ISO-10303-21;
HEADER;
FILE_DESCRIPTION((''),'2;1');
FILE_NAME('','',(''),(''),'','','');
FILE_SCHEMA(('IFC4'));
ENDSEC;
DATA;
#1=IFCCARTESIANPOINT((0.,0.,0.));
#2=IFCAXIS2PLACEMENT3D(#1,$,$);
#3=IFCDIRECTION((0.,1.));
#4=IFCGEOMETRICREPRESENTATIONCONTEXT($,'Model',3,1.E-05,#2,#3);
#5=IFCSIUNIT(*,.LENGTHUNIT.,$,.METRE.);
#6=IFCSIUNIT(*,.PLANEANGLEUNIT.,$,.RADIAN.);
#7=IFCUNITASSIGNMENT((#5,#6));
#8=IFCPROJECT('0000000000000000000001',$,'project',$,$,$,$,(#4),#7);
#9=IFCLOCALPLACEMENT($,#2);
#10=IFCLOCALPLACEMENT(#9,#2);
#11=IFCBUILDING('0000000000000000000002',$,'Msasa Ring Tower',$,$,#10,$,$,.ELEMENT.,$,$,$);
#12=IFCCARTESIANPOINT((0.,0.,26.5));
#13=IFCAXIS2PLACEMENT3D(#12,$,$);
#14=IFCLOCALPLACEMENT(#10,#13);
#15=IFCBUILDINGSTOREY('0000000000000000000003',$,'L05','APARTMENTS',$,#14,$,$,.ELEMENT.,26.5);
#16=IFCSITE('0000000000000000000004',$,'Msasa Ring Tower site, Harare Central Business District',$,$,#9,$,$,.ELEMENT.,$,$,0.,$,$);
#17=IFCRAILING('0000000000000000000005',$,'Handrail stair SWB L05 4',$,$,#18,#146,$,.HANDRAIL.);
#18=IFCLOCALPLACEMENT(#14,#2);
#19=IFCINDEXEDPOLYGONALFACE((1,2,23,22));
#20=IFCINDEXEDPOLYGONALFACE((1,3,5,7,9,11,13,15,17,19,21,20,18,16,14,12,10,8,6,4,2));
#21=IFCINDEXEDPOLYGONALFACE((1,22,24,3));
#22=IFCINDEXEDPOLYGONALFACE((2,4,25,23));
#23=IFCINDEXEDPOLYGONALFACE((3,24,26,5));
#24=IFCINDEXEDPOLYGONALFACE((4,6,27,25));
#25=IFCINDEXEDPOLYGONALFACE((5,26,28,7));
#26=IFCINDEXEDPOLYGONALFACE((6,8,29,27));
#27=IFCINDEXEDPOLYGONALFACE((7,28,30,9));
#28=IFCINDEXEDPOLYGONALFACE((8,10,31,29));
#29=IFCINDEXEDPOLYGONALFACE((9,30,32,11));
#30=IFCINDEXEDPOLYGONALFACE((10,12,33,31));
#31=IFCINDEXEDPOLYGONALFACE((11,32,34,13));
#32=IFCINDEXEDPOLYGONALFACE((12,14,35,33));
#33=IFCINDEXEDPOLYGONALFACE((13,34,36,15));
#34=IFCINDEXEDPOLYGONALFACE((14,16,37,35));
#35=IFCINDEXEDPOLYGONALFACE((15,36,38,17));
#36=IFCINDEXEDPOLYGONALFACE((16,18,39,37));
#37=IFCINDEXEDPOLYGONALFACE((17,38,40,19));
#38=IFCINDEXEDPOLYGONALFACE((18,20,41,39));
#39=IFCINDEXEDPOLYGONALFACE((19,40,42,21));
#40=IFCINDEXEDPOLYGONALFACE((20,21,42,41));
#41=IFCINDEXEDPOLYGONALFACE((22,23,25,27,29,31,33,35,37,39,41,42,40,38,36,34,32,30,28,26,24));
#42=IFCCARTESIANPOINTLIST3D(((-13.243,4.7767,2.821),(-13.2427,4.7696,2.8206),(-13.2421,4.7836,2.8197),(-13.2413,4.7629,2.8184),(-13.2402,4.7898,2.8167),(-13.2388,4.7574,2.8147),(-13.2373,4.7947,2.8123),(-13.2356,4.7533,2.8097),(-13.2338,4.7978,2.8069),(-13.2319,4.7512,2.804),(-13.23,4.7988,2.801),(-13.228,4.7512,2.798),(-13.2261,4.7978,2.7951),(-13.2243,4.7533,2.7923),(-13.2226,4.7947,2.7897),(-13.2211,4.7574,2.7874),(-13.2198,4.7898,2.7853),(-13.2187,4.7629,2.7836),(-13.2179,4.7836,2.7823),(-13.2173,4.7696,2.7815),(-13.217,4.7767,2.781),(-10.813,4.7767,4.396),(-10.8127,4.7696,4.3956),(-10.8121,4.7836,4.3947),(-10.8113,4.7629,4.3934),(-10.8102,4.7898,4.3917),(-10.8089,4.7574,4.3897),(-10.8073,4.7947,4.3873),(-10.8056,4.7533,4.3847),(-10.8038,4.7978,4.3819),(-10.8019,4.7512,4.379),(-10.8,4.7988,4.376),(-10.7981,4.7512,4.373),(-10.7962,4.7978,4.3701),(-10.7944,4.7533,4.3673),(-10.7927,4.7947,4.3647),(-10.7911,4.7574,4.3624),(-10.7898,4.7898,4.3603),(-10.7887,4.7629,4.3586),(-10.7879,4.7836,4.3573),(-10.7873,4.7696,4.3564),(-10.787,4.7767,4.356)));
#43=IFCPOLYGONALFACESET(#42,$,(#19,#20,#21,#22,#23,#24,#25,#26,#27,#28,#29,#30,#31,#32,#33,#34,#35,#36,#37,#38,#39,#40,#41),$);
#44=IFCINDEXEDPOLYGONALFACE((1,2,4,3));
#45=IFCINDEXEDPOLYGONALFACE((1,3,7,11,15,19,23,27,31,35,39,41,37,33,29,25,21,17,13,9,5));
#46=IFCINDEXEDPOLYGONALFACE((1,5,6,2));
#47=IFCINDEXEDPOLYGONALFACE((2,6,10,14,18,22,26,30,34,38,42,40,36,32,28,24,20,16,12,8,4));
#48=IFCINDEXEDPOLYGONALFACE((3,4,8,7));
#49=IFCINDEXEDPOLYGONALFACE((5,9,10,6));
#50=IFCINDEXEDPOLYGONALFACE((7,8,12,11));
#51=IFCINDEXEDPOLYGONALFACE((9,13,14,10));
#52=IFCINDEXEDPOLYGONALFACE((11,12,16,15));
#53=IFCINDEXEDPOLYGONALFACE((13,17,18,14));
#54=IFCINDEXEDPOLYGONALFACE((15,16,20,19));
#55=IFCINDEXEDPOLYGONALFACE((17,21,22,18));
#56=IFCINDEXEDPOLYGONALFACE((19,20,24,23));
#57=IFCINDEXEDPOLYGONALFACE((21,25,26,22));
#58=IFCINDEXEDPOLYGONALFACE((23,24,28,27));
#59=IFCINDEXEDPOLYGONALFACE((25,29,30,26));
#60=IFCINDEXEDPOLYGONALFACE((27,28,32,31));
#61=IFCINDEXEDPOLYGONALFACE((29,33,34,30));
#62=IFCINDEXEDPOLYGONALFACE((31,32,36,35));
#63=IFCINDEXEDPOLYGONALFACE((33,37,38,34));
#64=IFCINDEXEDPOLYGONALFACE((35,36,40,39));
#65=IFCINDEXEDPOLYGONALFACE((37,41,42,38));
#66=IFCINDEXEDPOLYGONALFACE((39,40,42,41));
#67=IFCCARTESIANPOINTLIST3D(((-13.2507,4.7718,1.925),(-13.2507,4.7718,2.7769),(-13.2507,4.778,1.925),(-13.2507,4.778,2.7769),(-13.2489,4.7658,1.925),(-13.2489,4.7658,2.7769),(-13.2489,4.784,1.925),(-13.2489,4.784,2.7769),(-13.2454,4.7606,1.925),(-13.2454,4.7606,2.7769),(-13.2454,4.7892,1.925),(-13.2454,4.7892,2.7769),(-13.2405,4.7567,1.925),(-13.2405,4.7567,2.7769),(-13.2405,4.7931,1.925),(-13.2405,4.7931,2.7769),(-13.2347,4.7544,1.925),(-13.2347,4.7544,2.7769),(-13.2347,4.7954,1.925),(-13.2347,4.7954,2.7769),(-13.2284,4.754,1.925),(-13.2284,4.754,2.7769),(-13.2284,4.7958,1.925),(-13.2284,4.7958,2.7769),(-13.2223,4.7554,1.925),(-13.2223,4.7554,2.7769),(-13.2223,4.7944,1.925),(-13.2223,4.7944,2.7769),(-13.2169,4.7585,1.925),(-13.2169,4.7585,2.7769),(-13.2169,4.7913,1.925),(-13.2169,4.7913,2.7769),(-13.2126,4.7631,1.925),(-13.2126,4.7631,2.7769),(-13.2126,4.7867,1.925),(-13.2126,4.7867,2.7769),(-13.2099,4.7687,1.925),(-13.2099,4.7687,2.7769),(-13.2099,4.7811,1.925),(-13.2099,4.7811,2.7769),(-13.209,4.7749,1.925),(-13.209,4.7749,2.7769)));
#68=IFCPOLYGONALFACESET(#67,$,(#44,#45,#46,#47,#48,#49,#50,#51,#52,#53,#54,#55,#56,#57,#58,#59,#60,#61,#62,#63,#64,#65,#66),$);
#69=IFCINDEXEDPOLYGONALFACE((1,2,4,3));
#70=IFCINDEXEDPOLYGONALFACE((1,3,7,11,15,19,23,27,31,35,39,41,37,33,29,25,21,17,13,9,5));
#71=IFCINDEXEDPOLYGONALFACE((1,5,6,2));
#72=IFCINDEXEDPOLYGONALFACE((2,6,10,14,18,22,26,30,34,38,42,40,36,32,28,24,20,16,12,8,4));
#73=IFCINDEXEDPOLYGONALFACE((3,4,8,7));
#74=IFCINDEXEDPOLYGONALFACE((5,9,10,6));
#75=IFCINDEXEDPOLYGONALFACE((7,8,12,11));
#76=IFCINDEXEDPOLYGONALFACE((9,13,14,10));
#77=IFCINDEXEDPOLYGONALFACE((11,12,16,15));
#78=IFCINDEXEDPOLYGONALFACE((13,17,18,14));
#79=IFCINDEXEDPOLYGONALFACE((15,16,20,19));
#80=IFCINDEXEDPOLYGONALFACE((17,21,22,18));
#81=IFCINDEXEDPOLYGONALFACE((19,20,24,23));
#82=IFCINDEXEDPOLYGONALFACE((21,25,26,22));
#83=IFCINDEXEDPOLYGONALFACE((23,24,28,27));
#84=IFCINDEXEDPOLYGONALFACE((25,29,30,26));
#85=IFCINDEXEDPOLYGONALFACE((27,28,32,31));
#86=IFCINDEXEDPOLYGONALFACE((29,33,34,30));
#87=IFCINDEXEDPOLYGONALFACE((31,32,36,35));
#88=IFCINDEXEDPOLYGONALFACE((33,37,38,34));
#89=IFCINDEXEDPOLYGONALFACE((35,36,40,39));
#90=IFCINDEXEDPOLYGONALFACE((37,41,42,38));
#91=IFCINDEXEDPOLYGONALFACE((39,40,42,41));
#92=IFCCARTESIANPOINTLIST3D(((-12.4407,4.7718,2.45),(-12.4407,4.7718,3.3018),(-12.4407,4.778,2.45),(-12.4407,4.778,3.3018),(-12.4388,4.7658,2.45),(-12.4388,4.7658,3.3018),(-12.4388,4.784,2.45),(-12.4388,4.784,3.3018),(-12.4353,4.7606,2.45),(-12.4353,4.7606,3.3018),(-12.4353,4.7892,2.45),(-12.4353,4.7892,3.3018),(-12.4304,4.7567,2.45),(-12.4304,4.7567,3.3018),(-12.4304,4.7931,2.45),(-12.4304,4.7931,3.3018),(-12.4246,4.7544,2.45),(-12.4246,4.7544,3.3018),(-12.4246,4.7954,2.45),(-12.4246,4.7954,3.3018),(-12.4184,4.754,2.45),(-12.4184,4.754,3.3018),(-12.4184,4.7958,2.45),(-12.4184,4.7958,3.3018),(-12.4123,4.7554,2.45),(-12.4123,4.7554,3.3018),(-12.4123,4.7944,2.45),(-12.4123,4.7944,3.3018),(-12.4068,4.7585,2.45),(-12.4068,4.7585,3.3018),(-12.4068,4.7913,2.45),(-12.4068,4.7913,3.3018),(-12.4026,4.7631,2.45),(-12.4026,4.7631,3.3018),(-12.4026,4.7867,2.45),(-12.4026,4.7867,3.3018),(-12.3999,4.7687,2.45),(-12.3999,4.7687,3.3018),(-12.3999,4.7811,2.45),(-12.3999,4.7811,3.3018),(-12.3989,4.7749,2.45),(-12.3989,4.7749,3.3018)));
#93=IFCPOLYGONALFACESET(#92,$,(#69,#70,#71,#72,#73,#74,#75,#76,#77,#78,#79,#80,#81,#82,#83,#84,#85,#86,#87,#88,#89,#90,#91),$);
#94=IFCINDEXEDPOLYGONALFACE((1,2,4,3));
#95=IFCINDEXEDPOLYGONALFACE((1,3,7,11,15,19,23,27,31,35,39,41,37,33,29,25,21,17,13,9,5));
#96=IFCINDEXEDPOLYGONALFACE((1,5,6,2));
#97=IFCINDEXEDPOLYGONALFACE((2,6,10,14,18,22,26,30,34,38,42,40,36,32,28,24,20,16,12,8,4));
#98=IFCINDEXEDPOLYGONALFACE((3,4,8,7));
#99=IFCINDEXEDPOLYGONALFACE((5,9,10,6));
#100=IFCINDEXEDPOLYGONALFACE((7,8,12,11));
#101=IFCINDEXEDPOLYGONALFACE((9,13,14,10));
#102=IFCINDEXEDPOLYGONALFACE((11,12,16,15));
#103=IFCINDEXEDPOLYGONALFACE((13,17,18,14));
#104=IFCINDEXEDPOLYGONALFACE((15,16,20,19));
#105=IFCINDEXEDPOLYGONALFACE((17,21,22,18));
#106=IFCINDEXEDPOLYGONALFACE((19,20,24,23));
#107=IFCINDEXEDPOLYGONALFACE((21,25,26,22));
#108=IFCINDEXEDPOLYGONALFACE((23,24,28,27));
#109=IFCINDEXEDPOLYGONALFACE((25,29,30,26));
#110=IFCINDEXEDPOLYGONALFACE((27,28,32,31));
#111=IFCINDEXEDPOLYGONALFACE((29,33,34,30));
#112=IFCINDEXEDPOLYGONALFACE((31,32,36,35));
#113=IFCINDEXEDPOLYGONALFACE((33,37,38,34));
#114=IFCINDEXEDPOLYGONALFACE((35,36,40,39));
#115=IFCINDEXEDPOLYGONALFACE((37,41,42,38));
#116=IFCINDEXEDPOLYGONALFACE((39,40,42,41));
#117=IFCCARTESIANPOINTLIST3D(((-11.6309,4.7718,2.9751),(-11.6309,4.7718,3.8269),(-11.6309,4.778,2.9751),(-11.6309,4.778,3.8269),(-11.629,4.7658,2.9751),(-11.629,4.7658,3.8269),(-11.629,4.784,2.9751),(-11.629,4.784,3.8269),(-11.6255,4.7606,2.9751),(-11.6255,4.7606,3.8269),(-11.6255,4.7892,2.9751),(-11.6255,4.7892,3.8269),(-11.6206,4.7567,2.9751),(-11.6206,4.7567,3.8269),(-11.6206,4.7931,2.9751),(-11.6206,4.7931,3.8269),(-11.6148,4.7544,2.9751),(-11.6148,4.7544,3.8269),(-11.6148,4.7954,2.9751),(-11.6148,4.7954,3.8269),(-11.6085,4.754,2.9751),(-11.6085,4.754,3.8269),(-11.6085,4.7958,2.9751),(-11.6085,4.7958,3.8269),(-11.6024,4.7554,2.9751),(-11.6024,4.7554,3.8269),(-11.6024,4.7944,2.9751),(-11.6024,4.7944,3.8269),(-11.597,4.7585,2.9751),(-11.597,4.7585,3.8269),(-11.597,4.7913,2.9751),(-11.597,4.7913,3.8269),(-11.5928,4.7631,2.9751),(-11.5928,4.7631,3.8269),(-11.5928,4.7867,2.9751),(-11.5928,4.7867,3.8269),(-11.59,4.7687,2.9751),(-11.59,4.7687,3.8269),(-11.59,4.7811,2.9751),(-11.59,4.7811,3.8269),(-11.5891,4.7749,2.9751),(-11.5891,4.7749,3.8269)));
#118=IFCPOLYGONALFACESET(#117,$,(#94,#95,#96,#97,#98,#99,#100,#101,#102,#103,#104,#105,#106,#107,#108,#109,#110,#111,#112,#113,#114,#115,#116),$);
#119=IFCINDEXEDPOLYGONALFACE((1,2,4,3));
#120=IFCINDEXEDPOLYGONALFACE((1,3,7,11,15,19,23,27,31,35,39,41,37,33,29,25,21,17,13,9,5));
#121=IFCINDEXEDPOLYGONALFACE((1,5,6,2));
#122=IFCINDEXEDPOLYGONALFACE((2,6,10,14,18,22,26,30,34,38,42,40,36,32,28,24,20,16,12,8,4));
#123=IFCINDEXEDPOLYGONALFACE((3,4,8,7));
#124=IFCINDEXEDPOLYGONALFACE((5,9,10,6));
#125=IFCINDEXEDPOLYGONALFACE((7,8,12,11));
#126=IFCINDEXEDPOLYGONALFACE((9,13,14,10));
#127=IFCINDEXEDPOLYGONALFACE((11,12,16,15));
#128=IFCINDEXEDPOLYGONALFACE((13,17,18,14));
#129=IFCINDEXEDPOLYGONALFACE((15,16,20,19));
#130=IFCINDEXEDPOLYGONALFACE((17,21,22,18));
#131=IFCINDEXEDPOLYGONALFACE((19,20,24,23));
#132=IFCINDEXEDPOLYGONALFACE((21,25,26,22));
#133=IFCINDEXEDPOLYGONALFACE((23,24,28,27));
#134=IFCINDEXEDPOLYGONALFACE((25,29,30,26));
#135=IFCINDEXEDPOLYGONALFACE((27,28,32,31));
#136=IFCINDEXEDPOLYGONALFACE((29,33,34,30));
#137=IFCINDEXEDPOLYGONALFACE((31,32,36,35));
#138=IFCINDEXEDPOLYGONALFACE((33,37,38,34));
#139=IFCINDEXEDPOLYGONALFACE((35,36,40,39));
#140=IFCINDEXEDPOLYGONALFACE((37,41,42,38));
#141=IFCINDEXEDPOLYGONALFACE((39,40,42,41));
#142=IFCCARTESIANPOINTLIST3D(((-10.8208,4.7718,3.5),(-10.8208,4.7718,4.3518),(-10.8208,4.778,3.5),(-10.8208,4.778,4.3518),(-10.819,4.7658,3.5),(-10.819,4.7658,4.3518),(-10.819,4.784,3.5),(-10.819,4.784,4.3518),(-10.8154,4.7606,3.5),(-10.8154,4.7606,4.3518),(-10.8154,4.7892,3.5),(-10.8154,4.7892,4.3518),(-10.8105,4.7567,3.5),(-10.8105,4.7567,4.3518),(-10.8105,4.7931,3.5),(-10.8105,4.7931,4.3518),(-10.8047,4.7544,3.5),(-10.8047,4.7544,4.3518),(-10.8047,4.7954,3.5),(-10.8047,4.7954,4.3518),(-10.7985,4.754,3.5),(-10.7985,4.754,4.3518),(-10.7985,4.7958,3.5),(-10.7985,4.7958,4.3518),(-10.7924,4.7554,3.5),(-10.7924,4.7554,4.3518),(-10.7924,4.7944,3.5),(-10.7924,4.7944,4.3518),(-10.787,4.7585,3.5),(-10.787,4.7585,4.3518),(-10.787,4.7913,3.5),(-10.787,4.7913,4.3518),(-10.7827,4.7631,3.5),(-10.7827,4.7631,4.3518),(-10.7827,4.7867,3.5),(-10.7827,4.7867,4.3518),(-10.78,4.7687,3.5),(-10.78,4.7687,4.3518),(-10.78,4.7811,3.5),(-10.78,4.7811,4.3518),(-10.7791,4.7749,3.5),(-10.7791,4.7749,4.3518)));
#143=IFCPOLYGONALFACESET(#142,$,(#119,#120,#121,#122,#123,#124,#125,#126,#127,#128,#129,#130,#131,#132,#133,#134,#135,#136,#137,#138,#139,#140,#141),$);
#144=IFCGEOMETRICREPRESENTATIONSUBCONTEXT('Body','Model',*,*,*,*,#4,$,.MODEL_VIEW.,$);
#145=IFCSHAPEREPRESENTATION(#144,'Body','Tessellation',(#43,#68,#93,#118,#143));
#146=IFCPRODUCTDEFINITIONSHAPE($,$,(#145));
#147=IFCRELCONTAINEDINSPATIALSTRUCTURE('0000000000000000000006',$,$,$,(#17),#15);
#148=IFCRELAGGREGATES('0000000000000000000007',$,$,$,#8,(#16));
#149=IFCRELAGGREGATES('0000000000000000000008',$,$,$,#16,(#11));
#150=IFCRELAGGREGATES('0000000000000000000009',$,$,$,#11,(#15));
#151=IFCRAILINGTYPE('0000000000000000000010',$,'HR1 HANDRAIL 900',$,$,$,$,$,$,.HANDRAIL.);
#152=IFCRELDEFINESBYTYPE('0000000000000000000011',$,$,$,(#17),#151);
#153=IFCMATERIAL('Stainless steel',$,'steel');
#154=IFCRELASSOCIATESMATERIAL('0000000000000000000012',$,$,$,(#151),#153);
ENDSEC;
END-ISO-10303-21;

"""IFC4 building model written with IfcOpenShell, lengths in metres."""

from ifc_helpers import new_model, si_unit, direction, frame, origin, origin_2d, place, context, subcontext, project, spatial, circle, extrude, material, type_object, element, save


model = new_model("IFC4")

# Units and contexts
model_context = context("Model", 3, precision=1e-05, world=origin(), true_north=direction((0.0, 1.0)))
body_context = subcontext(model_context, "Body", "Model", "MODEL_VIEW")
ifc_project = project(units=[si_unit("LENGTHUNIT", "METRE"), si_unit("PLANEANGLEUNIT", "RADIAN")], contexts=[model_context])

# Site, building, storey
site_placement = place(None, origin())
site = spatial("IfcSite", under=ifc_project, at=site_placement, Name="Msasa Ring Tower site, Harare Central Business District", CompositionType="ELEMENT", RefElevation=0.0)
building_placement = place(site_placement, origin())
building = spatial("IfcBuilding", under=site, at=building_placement, Name="Msasa Ring Tower", CompositionType="ELEMENT")
storey_placement = place(building_placement, frame((0.0, 0.0, 26.5)))
storey = spatial("IfcBuildingStorey", under=building, at=storey_placement, Name="L05", Description="APARTMENTS", CompositionType="ELEMENT", Elevation=26.5)

# Railing
ifc_material_1 = material(Name="Stainless steel", Category="steel")
railing_type = type_object("IfcRailingType", Name="HR1 HANDRAIL 900", PredefinedType="HANDRAIL", material=ifc_material_1)
railing_placement = place(storey_placement, frame((-13.23, 4.7749, 1.925)))
element("IfcRailing", 1, at=railing_placement, inside=storey, type_object=railing_type, Name="Handrail stair SWB L05 4", PredefinedType="HANDRAIL", context=body_context, shape_type="SweptSolid", body=[
    extrude(circle(Radius=0.0239, at=origin_2d()), frame((0.0, 0.0, 0.876), z_axis=(0.839154, 0.0, 0.543894), x_axis=(0.0, 1.0, 0.0)), (0.0, 0.0, 1.0), 2.8958),
    extrude(circle(Radius=0.021, at=origin_2d()), origin(), (0.0, 0.0, 1.0), 0.8518),
    extrude(circle(Radius=0.021, at=origin_2d()), frame((0.8101, 0.0, 0.5249)), (0.0, 0.0, 1.0), 0.8518),
    extrude(circle(Radius=0.021, at=origin_2d()), frame((1.6199, 0.0, 1.05)), (0.0, 0.0, 1.0), 0.8518),
    extrude(circle(Radius=0.021, at=origin_2d()), frame((2.4299, 0.0, 1.575)), (0.0, 0.0, 1.0), 0.8518),
])

save(model, "model.ifc")
